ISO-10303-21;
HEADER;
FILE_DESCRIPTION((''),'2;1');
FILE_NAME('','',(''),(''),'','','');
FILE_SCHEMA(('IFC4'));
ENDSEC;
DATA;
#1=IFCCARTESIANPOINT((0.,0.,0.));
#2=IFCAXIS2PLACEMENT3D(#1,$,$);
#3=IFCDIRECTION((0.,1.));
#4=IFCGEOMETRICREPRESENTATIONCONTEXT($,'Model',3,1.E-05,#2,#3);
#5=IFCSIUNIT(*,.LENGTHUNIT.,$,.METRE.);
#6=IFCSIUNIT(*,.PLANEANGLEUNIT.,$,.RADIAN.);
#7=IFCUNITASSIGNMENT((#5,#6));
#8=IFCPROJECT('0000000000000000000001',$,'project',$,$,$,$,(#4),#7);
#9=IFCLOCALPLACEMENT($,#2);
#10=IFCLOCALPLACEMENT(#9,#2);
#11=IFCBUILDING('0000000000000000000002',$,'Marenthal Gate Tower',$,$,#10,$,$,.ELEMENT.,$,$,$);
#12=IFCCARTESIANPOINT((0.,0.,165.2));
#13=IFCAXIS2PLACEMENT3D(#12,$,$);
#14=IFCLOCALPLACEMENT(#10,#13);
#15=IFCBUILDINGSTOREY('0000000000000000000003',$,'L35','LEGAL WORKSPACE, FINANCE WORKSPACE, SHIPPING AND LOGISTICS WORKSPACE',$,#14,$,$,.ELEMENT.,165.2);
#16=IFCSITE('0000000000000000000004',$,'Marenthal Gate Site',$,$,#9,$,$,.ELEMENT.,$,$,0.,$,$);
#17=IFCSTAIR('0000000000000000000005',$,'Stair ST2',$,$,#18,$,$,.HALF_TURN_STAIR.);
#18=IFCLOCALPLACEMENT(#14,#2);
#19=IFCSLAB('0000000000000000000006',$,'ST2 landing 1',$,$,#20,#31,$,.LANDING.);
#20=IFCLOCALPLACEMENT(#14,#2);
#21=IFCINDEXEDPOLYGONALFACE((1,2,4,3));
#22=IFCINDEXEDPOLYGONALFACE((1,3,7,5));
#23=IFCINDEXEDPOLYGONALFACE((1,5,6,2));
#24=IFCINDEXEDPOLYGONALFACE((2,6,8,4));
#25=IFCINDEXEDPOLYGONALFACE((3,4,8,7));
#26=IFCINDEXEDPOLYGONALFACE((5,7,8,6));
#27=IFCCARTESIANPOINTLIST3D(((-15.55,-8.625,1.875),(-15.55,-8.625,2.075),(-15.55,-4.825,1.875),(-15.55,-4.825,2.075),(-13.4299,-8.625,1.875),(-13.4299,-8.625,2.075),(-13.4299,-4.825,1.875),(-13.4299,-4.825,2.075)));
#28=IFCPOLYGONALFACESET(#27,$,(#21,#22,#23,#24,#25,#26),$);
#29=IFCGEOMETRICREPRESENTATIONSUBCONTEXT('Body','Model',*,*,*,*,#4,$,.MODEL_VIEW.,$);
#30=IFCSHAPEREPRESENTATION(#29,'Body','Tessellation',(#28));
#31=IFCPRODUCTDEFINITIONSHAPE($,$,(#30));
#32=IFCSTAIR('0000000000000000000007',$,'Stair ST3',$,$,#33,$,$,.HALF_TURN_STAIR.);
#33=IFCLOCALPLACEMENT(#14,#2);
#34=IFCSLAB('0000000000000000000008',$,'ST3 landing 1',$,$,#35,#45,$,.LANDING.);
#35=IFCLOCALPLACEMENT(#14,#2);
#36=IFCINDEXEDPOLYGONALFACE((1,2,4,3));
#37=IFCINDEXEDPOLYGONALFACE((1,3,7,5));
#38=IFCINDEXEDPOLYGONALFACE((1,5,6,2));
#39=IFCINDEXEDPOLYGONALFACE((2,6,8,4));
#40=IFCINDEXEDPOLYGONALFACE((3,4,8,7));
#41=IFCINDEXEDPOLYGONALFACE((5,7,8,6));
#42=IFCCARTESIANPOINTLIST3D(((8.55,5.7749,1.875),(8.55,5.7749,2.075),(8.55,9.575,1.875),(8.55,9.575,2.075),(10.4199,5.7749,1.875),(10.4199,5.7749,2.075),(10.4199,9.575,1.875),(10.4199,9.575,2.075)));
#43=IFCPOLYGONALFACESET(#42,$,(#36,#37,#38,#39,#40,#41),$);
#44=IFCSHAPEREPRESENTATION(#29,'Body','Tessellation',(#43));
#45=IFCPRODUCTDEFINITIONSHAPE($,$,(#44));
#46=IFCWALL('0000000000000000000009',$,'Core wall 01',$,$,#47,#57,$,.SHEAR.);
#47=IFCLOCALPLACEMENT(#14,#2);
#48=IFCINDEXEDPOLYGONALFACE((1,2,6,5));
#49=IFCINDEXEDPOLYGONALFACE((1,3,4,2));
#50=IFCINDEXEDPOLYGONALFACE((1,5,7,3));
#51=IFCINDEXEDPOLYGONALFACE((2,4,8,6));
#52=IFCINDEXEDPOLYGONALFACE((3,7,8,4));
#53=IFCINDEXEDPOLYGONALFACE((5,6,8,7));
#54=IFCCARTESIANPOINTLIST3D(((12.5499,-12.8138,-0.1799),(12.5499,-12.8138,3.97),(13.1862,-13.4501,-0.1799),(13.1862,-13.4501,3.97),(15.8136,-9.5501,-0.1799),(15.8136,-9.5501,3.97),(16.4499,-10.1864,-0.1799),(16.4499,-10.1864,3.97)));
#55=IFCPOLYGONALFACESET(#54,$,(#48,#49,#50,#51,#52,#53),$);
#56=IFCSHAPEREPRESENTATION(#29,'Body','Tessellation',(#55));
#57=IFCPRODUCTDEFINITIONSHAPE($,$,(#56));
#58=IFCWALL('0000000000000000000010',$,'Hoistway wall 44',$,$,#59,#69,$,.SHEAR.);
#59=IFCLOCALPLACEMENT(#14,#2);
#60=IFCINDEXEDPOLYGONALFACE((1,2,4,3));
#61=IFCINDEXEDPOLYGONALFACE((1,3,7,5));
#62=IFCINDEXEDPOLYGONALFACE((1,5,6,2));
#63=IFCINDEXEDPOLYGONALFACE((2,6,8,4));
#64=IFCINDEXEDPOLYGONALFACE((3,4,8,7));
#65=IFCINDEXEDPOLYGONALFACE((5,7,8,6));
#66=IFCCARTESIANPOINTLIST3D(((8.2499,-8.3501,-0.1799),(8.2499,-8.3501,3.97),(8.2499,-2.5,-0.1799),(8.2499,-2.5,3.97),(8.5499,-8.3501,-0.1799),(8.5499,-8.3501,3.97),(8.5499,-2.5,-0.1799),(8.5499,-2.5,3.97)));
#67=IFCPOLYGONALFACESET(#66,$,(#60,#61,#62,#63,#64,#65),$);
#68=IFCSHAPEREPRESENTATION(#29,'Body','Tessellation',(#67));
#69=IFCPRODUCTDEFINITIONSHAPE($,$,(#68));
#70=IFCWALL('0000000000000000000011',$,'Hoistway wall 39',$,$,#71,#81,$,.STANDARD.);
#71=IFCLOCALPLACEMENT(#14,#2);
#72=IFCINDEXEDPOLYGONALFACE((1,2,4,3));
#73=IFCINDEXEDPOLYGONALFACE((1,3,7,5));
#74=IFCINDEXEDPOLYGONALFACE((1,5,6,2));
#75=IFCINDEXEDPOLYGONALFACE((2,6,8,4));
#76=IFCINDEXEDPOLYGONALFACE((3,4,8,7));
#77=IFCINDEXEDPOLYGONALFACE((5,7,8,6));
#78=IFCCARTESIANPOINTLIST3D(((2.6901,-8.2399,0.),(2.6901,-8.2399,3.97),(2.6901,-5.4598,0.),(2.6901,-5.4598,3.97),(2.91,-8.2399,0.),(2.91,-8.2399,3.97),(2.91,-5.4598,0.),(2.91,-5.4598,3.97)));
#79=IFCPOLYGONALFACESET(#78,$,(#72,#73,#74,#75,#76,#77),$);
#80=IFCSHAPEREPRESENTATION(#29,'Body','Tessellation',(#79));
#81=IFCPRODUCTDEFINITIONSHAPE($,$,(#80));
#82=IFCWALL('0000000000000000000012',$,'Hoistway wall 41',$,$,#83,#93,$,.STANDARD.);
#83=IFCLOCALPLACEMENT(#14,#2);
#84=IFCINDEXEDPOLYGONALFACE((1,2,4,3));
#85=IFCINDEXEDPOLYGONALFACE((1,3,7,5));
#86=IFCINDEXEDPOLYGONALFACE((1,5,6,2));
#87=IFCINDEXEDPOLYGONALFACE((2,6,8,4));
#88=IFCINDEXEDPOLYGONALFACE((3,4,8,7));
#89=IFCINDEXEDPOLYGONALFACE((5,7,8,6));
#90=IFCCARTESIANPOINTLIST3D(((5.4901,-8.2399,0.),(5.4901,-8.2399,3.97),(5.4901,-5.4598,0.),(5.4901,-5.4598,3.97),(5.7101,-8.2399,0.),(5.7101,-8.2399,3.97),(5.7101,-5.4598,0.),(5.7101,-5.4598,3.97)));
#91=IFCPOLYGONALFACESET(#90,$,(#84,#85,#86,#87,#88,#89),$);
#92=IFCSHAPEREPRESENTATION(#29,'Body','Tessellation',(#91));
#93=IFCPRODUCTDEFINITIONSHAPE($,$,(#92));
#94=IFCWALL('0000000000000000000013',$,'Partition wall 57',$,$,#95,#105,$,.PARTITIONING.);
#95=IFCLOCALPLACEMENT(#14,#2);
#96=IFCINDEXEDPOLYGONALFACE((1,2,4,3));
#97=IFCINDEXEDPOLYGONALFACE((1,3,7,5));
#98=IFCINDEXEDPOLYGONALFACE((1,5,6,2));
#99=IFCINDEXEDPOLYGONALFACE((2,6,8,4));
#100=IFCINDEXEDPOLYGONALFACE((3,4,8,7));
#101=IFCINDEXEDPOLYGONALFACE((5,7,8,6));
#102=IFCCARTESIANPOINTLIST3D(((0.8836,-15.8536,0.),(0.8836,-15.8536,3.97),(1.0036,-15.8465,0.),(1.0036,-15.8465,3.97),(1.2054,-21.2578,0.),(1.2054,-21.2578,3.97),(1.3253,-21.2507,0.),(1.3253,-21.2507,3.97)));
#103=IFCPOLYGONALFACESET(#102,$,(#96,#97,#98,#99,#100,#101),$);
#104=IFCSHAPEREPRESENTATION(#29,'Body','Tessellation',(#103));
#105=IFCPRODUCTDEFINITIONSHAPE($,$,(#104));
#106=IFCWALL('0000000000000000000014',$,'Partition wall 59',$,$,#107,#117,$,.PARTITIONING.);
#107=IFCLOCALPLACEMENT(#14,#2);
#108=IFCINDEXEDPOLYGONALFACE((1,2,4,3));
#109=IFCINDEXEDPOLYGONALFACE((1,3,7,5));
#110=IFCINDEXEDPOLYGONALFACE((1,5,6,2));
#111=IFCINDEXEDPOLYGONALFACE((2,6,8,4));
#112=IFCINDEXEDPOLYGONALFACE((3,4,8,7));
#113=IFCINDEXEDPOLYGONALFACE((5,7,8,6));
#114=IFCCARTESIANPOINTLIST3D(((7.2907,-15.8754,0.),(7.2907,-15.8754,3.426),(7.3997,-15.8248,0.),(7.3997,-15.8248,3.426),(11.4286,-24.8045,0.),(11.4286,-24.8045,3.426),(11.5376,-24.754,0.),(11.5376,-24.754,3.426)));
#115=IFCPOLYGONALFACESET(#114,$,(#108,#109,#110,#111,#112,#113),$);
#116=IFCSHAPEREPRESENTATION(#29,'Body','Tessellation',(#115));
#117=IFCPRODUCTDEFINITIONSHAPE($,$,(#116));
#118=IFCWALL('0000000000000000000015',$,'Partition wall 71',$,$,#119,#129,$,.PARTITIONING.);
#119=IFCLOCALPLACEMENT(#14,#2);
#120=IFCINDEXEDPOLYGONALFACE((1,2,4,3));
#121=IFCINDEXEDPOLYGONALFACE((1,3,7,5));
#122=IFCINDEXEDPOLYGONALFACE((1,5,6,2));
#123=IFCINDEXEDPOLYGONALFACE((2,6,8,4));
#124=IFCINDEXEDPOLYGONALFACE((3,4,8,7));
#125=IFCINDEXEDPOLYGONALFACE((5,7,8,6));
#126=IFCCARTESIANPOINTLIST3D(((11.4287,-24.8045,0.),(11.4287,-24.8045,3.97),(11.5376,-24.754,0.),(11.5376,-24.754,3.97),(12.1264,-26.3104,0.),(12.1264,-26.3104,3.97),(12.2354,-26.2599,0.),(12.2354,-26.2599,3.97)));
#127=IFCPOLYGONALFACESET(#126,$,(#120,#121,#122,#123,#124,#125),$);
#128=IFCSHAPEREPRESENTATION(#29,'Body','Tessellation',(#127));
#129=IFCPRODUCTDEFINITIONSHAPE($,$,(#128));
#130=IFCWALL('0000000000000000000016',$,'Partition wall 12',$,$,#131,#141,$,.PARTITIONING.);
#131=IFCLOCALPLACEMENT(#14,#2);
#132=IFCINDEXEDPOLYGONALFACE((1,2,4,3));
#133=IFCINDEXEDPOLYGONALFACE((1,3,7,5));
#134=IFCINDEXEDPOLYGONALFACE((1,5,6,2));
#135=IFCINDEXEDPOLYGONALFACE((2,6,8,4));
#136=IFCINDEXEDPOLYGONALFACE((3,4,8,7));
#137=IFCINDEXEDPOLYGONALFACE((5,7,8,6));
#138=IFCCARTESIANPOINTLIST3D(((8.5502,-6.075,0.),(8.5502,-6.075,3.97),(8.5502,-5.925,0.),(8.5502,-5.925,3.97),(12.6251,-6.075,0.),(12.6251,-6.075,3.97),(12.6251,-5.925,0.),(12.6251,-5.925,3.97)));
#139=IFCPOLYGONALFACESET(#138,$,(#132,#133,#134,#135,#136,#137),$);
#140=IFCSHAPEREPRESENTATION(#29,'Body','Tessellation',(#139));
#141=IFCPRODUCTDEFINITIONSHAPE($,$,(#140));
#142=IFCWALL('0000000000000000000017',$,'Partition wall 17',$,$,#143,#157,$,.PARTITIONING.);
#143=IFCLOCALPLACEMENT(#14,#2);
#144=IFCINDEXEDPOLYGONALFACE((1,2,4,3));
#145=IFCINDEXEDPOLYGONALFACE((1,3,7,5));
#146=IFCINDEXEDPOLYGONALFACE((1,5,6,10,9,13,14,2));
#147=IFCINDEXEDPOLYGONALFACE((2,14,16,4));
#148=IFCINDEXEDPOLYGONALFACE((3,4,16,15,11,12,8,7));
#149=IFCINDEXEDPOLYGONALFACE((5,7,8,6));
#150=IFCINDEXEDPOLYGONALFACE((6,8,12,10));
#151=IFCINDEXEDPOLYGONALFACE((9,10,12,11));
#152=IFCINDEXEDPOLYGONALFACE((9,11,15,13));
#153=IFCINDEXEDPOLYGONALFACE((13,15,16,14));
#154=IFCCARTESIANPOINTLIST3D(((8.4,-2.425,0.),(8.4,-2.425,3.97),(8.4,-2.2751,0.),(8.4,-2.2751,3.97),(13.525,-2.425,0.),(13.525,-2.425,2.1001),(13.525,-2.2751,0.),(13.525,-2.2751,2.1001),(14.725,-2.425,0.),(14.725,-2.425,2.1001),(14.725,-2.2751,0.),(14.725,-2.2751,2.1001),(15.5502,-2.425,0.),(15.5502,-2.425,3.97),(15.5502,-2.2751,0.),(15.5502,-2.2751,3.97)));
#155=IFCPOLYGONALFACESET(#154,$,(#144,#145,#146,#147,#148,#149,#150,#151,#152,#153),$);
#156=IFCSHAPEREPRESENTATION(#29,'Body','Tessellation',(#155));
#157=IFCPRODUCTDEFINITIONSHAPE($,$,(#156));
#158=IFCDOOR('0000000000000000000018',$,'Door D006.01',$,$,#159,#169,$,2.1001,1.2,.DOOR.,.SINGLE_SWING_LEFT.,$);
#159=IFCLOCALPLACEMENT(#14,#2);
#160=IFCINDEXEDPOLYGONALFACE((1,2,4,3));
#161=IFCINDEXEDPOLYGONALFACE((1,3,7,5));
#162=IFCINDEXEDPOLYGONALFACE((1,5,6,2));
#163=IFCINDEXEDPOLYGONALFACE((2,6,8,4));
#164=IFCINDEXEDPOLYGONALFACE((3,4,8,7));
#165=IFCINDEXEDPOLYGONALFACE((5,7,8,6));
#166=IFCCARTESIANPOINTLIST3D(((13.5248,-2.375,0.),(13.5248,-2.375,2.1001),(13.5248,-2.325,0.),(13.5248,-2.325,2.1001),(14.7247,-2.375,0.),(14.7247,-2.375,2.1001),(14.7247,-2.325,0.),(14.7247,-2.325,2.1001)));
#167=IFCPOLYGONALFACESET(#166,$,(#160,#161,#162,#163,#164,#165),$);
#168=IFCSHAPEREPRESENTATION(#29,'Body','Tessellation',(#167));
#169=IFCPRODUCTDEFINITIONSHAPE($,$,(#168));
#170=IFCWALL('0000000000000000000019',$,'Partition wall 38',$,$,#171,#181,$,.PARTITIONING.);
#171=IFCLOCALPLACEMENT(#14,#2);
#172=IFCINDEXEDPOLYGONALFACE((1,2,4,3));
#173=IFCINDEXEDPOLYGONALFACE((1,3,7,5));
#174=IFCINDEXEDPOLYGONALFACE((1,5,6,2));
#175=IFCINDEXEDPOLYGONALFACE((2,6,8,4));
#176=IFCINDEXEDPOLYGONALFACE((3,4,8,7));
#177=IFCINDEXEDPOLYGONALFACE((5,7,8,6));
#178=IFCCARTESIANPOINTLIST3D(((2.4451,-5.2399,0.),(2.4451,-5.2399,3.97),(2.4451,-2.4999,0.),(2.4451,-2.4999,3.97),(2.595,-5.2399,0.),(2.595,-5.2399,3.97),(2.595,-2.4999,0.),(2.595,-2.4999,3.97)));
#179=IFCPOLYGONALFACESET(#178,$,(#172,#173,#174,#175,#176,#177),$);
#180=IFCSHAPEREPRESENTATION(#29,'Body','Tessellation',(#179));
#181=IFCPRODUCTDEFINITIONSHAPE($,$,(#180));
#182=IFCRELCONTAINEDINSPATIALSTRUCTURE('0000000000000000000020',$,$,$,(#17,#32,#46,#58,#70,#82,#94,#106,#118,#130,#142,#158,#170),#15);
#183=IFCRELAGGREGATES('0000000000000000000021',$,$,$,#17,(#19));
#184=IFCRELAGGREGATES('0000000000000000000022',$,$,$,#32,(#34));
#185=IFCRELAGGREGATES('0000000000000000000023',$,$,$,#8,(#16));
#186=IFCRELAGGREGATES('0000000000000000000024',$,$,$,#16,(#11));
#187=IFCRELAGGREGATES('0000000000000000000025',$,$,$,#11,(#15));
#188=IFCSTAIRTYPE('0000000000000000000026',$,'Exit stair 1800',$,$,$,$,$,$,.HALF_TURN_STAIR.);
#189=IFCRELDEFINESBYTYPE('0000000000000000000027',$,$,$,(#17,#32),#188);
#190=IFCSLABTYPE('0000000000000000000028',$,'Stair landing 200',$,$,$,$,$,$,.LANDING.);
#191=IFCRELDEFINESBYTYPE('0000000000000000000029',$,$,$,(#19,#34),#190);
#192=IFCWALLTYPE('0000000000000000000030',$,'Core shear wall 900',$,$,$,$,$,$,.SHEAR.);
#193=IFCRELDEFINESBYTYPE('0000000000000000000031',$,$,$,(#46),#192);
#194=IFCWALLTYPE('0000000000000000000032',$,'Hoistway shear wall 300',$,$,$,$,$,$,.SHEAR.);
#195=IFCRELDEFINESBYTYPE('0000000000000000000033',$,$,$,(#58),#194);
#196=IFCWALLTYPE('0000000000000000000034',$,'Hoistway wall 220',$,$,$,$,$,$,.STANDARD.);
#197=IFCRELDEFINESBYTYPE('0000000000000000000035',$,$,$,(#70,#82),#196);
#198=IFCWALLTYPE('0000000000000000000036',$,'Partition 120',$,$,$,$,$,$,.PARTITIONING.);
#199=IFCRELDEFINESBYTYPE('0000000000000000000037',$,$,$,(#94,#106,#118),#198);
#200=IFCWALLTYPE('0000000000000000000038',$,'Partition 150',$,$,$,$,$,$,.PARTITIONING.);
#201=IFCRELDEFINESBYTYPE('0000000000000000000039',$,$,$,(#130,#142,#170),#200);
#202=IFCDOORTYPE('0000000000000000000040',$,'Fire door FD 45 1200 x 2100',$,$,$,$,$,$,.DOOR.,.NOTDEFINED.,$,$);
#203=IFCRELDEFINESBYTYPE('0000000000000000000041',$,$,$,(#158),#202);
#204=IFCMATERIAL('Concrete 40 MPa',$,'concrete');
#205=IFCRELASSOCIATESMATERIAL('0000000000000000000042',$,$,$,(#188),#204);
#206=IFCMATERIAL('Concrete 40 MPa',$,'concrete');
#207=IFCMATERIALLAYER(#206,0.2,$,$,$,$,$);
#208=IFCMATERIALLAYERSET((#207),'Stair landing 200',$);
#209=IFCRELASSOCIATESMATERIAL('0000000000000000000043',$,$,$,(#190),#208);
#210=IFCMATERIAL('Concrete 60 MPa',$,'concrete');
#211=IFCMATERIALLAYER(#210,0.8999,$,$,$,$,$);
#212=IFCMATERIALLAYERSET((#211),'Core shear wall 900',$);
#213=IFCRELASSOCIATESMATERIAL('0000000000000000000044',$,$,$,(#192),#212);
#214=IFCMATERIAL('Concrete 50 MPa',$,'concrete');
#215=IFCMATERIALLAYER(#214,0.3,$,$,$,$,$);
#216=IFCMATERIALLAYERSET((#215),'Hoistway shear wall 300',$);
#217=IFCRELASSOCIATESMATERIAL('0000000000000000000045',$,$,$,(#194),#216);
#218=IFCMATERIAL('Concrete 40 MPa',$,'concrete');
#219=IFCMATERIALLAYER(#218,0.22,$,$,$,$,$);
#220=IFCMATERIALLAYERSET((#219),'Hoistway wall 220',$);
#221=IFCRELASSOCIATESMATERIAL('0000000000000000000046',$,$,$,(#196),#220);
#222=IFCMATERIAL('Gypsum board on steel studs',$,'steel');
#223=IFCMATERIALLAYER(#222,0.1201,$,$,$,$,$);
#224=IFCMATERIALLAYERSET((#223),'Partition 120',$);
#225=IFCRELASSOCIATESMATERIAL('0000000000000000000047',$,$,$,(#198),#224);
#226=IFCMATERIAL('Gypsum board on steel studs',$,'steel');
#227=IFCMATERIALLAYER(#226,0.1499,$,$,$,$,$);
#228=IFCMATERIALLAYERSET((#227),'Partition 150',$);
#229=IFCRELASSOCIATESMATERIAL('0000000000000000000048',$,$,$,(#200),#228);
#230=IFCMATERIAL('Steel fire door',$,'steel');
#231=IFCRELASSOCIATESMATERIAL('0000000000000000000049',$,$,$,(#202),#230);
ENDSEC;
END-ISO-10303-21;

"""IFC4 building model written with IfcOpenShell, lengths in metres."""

from ifc_helpers import new_model, si_unit, direction, frame, frame_2d, origin, place, context, subcontext, project, spatial, polyline, rectangle, outline, extrude, material, layer, layer_set, type_object, element, fill, aggregate, save


model = new_model("IFC4")

# Units and contexts
model_context = context("Model", 3, precision=1e-05, world=origin(), true_north=direction((0.0, 1.0)))
body_context = subcontext(model_context, "Body", "Model", "MODEL_VIEW")
ifc_project = project(units=[si_unit("LENGTHUNIT", "METRE"), si_unit("PLANEANGLEUNIT", "RADIAN")], contexts=[model_context])

# Site, building, storey
site_placement = place(None, origin())
site = spatial("IfcSite", under=ifc_project, at=site_placement, Name="Marenthal Gate Site", CompositionType="ELEMENT", RefElevation=0.0)
building_placement = place(site_placement, origin())
building = spatial("IfcBuilding", under=site, at=building_placement, Name="Marenthal Gate Tower", CompositionType="ELEMENT")
storey_placement = place(building_placement, frame((0.0, 0.0, 165.2)))
storey = spatial("IfcBuildingStorey", under=building, at=storey_placement, Name="L35", Description="LEGAL WORKSPACE, FINANCE WORKSPACE, SHIPPING AND LOGISTICS WORKSPACE", CompositionType="ELEMENT", Elevation=165.2)

# Stairs, slabs
ifc_material_1 = material(Name="Concrete 40 MPa", Category="concrete")
stair_type = type_object("IfcStairType", Name="Exit stair 1800", PredefinedType="HALF_TURN_STAIR", material=ifc_material_1)
ifc_material_2 = material(Name="Concrete 40 MPa", Category="concrete")
ifc_layer_1 = layer(ifc_material_2, 0.2)
ifc_layer_set_1 = layer_set([ifc_layer_1], Name="Stair landing 200")
slab_type_1 = type_object("IfcSlabType", Name="Stair landing 200", PredefinedType="LANDING", material=ifc_layer_set_1)
stair_1_placement = place(storey_placement, origin())
stair_1 = element("IfcStair", 1, at=stair_1_placement, inside=storey, type_object=stair_type, Name="Stair ST2", PredefinedType="HALF_TURN_STAIR")
slab_1_placement = place(storey_placement, frame((0.0, 0.0, 1.875)))
slab_1 = element("IfcSlab", 2, at=slab_1_placement, type_object=slab_type_1, Name="ST2 landing 1", PredefinedType="LANDING", context=body_context, shape_type="SweptSolid", body=[
    extrude(outline(polyline([(-15.55, -8.625), (-13.4299, -8.625), (-13.4299, -4.825), (-15.55, -4.825), (-15.55, -8.625)])), origin(), (0.0, 0.0, 1.0), 0.2),
])
aggregate(stair_1, [slab_1])
stair_2_placement = place(storey_placement, origin())
stair_2 = element("IfcStair", 3, at=stair_2_placement, inside=storey, type_object=stair_type, Name="Stair ST3", PredefinedType="HALF_TURN_STAIR")
slab_2_placement = place(storey_placement, frame((0.0, 0.0, 1.875)))
slab_2 = element("IfcSlab", 4, at=slab_2_placement, type_object=slab_type_1, Name="ST3 landing 1", PredefinedType="LANDING", context=body_context, shape_type="SweptSolid", body=[
    extrude(outline(polyline([(8.55, 5.7749), (10.4199, 5.7749), (10.4199, 9.575), (8.55, 9.575), (8.55, 5.7749)])), origin(), (0.0, 0.0, 1.0), 0.2),
])
aggregate(stair_2, [slab_2])

# Walls
ifc_material_3 = material(Name="Concrete 60 MPa", Category="concrete")
ifc_layer_2 = layer(ifc_material_3, 0.8999)
ifc_layer_set_2 = layer_set([ifc_layer_2], Name="Core shear wall 900")
wall_type_1 = type_object("IfcWallType", Name="Core shear wall 900", PredefinedType="SHEAR", material=ifc_layer_set_2)
wall_1_placement = place(storey_placement, frame((12.8682, -13.1318, -0.1799), z_axis=(0.0, 0.0, 1.0), x_axis=(0.707107, 0.707107, 0.0)))
element("IfcWall", 5, at=wall_1_placement, inside=storey, type_object=wall_type_1, Name="Core wall 01", PredefinedType="SHEAR", context=body_context, shape_type="SweptSolid", body=[
    extrude(rectangle(XDim=4.6155, YDim=0.8999, at=frame_2d((2.3076, 0.0))), origin(), (0.0, 0.0, 1.0), 4.1499),
])
ifc_material_4 = material(Name="Concrete 50 MPa", Category="concrete")
ifc_layer_3 = layer(ifc_material_4, 0.3)
ifc_layer_set_3 = layer_set([ifc_layer_3], Name="Hoistway shear wall 300")
wall_type_2 = type_object("IfcWallType", Name="Hoistway shear wall 300", PredefinedType="SHEAR", material=ifc_layer_set_3)
wall_2_placement = place(storey_placement, frame((8.3999, -8.3501, -0.1799), z_axis=(0.0, 0.0, 1.0), x_axis=(0.0, 1.0, 0.0)))
element("IfcWall", 6, at=wall_2_placement, inside=storey, type_object=wall_type_2, Name="Hoistway wall 44", PredefinedType="SHEAR", context=body_context, shape_type="SweptSolid", body=[
    extrude(rectangle(XDim=5.8501, YDim=0.3, at=frame_2d((2.925, 0.0))), origin(), (0.0, 0.0, 1.0), 4.1499),
])
ifc_material_5 = material(Name="Concrete 40 MPa", Category="concrete")
ifc_layer_4 = layer(ifc_material_5, 0.22)
ifc_layer_set_4 = layer_set([ifc_layer_4], Name="Hoistway wall 220")
wall_type_3 = type_object("IfcWallType", Name="Hoistway wall 220", PredefinedType="STANDARD", material=ifc_layer_set_4)
for number, where, z_axis, x_axis, name in (
    (7, (2.8, -8.24, 0.0), (0.0, 0.0, 1.0), (0.0, 1.0, 0.0), "Hoistway wall 39"),
    (8, (5.6001, -8.24, 0.0), (0.0, 0.0, 1.0), (0.0, 1.0, 0.0), "Hoistway wall 41"),
):
    element("IfcWall", number, at=place(storey_placement, frame(where, z_axis=z_axis, x_axis=x_axis)), inside=storey, type_object=wall_type_3, Name=name, PredefinedType="STANDARD", context=body_context, shape_type="SweptSolid", body=[
        extrude(rectangle(XDim=2.78, YDim=0.22, at=frame_2d((1.3901, 0.0))), origin(), (0.0, 0.0, 1.0), 3.97),
    ])
ifc_material_6 = material(Name="Gypsum board on steel studs", Category="steel")
ifc_layer_5 = layer(ifc_material_6, 0.1201)
ifc_layer_set_5 = layer_set([ifc_layer_5], Name="Partition 120")
wall_type_4 = type_object("IfcWallType", Name="Partition 120", PredefinedType="PARTITIONING", material=ifc_layer_set_5)
wall_3_placement = place(storey_placement, frame((1.2654, -21.2544, 0.0), z_axis=(0.0, 0.0, 1.0), x_axis=(-0.059436, 0.998232, 0.0)))
element("IfcWall", 9, at=wall_3_placement, inside=storey, type_object=wall_type_4, Name="Partition wall 57", PredefinedType="PARTITIONING", context=body_context, shape_type="SweptSolid", body=[
    extrude(rectangle(XDim=5.4138, YDim=0.1201, at=frame_2d((2.707, 0.0))), origin(), (0.0, 0.0, 1.0), 3.97),
])
wall_4_placement = place(storey_placement, frame((7.3452, -15.8501, 0.0), z_axis=(0.0, 0.0, 1.0), x_axis=(0.420463, -0.90731, 0.0)))
element("IfcWall", 10, at=wall_4_placement, inside=storey, type_object=wall_type_4, Name="Partition wall 59", PredefinedType="PARTITIONING", context=body_context, shape_type="SweptSolid", body=[
    extrude(rectangle(XDim=9.8413, YDim=0.1201, at=frame_2d((4.9207, 0.0))), origin(), (0.0, 0.0, 1.0), 3.426),
])
wall_5_placement = place(storey_placement, frame((11.4832, -24.7793, 0.0), z_axis=(0.0, 0.0, 1.0), x_axis=(0.42042, -0.90733, 0.0)))
element("IfcWall", 11, at=wall_5_placement, inside=storey, type_object=wall_type_4, Name="Partition wall 71", PredefinedType="PARTITIONING", context=body_context, shape_type="SweptSolid", body=[
    extrude(rectangle(XDim=1.6597, YDim=0.1201, at=frame_2d((0.8298, 0.0))), origin(), (0.0, 0.0, 1.0), 3.97),
])
ifc_material_7 = material(Name="Gypsum board on steel studs", Category="steel")
ifc_layer_6 = layer(ifc_material_7, 0.1499)
ifc_layer_set_6 = layer_set([ifc_layer_6], Name="Partition 150")
wall_type_5 = type_object("IfcWallType", Name="Partition 150", PredefinedType="PARTITIONING", material=ifc_layer_set_6)
wall_6_placement = place(storey_placement, frame((8.55, -6.0, 0.0), z_axis=(0.0, 0.0, 1.0), x_axis=(1.0, 0.0, 0.0)))
element("IfcWall", 12, at=wall_6_placement, inside=storey, type_object=wall_type_5, Name="Partition wall 12", PredefinedType="PARTITIONING", context=body_context, shape_type="SweptSolid", body=[
    extrude(rectangle(XDim=4.075, YDim=0.1499, at=frame_2d((2.0376, 0.0))), origin(), (0.0, 0.0, 1.0), 3.97),
])

# Wall, opening, door
wall_7_placement = place(storey_placement, frame((8.3999, -2.3501, 0.0), z_axis=(0.0, 0.0, 1.0), x_axis=(1.0, 0.0, 0.0)))
wall_7 = element("IfcWall", 13, at=wall_7_placement, inside=storey, type_object=wall_type_5, Name="Partition wall 17", PredefinedType="PARTITIONING", context=body_context, shape_type="SweptSolid", body=[
    extrude(rectangle(XDim=7.1501, YDim=0.1499, at=frame_2d((3.5752, 0.0))), origin(), (0.0, 0.0, 1.0), 3.97),
])
opening_1_placement = place(wall_7_placement, frame((5.125, 0.0, 0.0)))
opening_1 = element("IfcOpeningElement", 14, at=opening_1_placement, cuts=wall_7, PredefinedType="OPENING", context=body_context, shape_type="SweptSolid", body=[
    extrude(rectangle(XDim=1.2, YDim=2.1001, at=frame_2d((0.6001, 1.05))), frame((0.0, 0.085, 0.0), z_axis=(0.0, -1.0, 0.0), x_axis=(1.0, 0.0, 0.0)), (0.0, 0.0, 1.0), 0.1699),
])
ifc_material_8 = material(Name="Steel fire door", Category="steel")
door_type_1 = type_object("IfcDoorType", Name="Fire door FD 45 1200 x 2100", OperationType="NOTDEFINED", PredefinedType="DOOR", material=ifc_material_8)
door_1_placement = place(opening_1_placement, frame((1.2, 0.0, 0.0), z_axis=(0.0, 0.0, 1.0), x_axis=(-1.0, 0.0, 0.0)))
door_1 = element("IfcDoor", 15, at=door_1_placement, inside=storey, type_object=door_type_1, Name="Door D006.01", OperationType="SINGLE_SWING_LEFT", OverallHeight=2.1001, OverallWidth=1.2, PredefinedType="DOOR", context=body_context, shape_type="SweptSolid", body=[
    extrude(rectangle(XDim=1.2, YDim=2.1001, at=frame_2d((0.6001, 1.05))), frame((0.0, 0.0249, 0.0), z_axis=(0.0, -1.0, 0.0), x_axis=(1.0, 0.0, 0.0)), (0.0, 0.0, 1.0), 0.05),
])
fill(opening_1, door_1)

# Wall
wall_8_placement = place(storey_placement, frame((2.52, -5.24, 0.0), z_axis=(0.0, 0.0, 1.0), x_axis=(0.0, 1.0, 0.0)))
element("IfcWall", 16, at=wall_8_placement, inside=storey, type_object=wall_type_5, Name="Partition wall 38", PredefinedType="PARTITIONING", context=body_context, shape_type="SweptSolid", body=[
    extrude(rectangle(XDim=2.74, YDim=0.1499, at=frame_2d((1.3701, 0.0))), origin(), (0.0, 0.0, 1.0), 3.97),
])

save(model, "model.ifc")
